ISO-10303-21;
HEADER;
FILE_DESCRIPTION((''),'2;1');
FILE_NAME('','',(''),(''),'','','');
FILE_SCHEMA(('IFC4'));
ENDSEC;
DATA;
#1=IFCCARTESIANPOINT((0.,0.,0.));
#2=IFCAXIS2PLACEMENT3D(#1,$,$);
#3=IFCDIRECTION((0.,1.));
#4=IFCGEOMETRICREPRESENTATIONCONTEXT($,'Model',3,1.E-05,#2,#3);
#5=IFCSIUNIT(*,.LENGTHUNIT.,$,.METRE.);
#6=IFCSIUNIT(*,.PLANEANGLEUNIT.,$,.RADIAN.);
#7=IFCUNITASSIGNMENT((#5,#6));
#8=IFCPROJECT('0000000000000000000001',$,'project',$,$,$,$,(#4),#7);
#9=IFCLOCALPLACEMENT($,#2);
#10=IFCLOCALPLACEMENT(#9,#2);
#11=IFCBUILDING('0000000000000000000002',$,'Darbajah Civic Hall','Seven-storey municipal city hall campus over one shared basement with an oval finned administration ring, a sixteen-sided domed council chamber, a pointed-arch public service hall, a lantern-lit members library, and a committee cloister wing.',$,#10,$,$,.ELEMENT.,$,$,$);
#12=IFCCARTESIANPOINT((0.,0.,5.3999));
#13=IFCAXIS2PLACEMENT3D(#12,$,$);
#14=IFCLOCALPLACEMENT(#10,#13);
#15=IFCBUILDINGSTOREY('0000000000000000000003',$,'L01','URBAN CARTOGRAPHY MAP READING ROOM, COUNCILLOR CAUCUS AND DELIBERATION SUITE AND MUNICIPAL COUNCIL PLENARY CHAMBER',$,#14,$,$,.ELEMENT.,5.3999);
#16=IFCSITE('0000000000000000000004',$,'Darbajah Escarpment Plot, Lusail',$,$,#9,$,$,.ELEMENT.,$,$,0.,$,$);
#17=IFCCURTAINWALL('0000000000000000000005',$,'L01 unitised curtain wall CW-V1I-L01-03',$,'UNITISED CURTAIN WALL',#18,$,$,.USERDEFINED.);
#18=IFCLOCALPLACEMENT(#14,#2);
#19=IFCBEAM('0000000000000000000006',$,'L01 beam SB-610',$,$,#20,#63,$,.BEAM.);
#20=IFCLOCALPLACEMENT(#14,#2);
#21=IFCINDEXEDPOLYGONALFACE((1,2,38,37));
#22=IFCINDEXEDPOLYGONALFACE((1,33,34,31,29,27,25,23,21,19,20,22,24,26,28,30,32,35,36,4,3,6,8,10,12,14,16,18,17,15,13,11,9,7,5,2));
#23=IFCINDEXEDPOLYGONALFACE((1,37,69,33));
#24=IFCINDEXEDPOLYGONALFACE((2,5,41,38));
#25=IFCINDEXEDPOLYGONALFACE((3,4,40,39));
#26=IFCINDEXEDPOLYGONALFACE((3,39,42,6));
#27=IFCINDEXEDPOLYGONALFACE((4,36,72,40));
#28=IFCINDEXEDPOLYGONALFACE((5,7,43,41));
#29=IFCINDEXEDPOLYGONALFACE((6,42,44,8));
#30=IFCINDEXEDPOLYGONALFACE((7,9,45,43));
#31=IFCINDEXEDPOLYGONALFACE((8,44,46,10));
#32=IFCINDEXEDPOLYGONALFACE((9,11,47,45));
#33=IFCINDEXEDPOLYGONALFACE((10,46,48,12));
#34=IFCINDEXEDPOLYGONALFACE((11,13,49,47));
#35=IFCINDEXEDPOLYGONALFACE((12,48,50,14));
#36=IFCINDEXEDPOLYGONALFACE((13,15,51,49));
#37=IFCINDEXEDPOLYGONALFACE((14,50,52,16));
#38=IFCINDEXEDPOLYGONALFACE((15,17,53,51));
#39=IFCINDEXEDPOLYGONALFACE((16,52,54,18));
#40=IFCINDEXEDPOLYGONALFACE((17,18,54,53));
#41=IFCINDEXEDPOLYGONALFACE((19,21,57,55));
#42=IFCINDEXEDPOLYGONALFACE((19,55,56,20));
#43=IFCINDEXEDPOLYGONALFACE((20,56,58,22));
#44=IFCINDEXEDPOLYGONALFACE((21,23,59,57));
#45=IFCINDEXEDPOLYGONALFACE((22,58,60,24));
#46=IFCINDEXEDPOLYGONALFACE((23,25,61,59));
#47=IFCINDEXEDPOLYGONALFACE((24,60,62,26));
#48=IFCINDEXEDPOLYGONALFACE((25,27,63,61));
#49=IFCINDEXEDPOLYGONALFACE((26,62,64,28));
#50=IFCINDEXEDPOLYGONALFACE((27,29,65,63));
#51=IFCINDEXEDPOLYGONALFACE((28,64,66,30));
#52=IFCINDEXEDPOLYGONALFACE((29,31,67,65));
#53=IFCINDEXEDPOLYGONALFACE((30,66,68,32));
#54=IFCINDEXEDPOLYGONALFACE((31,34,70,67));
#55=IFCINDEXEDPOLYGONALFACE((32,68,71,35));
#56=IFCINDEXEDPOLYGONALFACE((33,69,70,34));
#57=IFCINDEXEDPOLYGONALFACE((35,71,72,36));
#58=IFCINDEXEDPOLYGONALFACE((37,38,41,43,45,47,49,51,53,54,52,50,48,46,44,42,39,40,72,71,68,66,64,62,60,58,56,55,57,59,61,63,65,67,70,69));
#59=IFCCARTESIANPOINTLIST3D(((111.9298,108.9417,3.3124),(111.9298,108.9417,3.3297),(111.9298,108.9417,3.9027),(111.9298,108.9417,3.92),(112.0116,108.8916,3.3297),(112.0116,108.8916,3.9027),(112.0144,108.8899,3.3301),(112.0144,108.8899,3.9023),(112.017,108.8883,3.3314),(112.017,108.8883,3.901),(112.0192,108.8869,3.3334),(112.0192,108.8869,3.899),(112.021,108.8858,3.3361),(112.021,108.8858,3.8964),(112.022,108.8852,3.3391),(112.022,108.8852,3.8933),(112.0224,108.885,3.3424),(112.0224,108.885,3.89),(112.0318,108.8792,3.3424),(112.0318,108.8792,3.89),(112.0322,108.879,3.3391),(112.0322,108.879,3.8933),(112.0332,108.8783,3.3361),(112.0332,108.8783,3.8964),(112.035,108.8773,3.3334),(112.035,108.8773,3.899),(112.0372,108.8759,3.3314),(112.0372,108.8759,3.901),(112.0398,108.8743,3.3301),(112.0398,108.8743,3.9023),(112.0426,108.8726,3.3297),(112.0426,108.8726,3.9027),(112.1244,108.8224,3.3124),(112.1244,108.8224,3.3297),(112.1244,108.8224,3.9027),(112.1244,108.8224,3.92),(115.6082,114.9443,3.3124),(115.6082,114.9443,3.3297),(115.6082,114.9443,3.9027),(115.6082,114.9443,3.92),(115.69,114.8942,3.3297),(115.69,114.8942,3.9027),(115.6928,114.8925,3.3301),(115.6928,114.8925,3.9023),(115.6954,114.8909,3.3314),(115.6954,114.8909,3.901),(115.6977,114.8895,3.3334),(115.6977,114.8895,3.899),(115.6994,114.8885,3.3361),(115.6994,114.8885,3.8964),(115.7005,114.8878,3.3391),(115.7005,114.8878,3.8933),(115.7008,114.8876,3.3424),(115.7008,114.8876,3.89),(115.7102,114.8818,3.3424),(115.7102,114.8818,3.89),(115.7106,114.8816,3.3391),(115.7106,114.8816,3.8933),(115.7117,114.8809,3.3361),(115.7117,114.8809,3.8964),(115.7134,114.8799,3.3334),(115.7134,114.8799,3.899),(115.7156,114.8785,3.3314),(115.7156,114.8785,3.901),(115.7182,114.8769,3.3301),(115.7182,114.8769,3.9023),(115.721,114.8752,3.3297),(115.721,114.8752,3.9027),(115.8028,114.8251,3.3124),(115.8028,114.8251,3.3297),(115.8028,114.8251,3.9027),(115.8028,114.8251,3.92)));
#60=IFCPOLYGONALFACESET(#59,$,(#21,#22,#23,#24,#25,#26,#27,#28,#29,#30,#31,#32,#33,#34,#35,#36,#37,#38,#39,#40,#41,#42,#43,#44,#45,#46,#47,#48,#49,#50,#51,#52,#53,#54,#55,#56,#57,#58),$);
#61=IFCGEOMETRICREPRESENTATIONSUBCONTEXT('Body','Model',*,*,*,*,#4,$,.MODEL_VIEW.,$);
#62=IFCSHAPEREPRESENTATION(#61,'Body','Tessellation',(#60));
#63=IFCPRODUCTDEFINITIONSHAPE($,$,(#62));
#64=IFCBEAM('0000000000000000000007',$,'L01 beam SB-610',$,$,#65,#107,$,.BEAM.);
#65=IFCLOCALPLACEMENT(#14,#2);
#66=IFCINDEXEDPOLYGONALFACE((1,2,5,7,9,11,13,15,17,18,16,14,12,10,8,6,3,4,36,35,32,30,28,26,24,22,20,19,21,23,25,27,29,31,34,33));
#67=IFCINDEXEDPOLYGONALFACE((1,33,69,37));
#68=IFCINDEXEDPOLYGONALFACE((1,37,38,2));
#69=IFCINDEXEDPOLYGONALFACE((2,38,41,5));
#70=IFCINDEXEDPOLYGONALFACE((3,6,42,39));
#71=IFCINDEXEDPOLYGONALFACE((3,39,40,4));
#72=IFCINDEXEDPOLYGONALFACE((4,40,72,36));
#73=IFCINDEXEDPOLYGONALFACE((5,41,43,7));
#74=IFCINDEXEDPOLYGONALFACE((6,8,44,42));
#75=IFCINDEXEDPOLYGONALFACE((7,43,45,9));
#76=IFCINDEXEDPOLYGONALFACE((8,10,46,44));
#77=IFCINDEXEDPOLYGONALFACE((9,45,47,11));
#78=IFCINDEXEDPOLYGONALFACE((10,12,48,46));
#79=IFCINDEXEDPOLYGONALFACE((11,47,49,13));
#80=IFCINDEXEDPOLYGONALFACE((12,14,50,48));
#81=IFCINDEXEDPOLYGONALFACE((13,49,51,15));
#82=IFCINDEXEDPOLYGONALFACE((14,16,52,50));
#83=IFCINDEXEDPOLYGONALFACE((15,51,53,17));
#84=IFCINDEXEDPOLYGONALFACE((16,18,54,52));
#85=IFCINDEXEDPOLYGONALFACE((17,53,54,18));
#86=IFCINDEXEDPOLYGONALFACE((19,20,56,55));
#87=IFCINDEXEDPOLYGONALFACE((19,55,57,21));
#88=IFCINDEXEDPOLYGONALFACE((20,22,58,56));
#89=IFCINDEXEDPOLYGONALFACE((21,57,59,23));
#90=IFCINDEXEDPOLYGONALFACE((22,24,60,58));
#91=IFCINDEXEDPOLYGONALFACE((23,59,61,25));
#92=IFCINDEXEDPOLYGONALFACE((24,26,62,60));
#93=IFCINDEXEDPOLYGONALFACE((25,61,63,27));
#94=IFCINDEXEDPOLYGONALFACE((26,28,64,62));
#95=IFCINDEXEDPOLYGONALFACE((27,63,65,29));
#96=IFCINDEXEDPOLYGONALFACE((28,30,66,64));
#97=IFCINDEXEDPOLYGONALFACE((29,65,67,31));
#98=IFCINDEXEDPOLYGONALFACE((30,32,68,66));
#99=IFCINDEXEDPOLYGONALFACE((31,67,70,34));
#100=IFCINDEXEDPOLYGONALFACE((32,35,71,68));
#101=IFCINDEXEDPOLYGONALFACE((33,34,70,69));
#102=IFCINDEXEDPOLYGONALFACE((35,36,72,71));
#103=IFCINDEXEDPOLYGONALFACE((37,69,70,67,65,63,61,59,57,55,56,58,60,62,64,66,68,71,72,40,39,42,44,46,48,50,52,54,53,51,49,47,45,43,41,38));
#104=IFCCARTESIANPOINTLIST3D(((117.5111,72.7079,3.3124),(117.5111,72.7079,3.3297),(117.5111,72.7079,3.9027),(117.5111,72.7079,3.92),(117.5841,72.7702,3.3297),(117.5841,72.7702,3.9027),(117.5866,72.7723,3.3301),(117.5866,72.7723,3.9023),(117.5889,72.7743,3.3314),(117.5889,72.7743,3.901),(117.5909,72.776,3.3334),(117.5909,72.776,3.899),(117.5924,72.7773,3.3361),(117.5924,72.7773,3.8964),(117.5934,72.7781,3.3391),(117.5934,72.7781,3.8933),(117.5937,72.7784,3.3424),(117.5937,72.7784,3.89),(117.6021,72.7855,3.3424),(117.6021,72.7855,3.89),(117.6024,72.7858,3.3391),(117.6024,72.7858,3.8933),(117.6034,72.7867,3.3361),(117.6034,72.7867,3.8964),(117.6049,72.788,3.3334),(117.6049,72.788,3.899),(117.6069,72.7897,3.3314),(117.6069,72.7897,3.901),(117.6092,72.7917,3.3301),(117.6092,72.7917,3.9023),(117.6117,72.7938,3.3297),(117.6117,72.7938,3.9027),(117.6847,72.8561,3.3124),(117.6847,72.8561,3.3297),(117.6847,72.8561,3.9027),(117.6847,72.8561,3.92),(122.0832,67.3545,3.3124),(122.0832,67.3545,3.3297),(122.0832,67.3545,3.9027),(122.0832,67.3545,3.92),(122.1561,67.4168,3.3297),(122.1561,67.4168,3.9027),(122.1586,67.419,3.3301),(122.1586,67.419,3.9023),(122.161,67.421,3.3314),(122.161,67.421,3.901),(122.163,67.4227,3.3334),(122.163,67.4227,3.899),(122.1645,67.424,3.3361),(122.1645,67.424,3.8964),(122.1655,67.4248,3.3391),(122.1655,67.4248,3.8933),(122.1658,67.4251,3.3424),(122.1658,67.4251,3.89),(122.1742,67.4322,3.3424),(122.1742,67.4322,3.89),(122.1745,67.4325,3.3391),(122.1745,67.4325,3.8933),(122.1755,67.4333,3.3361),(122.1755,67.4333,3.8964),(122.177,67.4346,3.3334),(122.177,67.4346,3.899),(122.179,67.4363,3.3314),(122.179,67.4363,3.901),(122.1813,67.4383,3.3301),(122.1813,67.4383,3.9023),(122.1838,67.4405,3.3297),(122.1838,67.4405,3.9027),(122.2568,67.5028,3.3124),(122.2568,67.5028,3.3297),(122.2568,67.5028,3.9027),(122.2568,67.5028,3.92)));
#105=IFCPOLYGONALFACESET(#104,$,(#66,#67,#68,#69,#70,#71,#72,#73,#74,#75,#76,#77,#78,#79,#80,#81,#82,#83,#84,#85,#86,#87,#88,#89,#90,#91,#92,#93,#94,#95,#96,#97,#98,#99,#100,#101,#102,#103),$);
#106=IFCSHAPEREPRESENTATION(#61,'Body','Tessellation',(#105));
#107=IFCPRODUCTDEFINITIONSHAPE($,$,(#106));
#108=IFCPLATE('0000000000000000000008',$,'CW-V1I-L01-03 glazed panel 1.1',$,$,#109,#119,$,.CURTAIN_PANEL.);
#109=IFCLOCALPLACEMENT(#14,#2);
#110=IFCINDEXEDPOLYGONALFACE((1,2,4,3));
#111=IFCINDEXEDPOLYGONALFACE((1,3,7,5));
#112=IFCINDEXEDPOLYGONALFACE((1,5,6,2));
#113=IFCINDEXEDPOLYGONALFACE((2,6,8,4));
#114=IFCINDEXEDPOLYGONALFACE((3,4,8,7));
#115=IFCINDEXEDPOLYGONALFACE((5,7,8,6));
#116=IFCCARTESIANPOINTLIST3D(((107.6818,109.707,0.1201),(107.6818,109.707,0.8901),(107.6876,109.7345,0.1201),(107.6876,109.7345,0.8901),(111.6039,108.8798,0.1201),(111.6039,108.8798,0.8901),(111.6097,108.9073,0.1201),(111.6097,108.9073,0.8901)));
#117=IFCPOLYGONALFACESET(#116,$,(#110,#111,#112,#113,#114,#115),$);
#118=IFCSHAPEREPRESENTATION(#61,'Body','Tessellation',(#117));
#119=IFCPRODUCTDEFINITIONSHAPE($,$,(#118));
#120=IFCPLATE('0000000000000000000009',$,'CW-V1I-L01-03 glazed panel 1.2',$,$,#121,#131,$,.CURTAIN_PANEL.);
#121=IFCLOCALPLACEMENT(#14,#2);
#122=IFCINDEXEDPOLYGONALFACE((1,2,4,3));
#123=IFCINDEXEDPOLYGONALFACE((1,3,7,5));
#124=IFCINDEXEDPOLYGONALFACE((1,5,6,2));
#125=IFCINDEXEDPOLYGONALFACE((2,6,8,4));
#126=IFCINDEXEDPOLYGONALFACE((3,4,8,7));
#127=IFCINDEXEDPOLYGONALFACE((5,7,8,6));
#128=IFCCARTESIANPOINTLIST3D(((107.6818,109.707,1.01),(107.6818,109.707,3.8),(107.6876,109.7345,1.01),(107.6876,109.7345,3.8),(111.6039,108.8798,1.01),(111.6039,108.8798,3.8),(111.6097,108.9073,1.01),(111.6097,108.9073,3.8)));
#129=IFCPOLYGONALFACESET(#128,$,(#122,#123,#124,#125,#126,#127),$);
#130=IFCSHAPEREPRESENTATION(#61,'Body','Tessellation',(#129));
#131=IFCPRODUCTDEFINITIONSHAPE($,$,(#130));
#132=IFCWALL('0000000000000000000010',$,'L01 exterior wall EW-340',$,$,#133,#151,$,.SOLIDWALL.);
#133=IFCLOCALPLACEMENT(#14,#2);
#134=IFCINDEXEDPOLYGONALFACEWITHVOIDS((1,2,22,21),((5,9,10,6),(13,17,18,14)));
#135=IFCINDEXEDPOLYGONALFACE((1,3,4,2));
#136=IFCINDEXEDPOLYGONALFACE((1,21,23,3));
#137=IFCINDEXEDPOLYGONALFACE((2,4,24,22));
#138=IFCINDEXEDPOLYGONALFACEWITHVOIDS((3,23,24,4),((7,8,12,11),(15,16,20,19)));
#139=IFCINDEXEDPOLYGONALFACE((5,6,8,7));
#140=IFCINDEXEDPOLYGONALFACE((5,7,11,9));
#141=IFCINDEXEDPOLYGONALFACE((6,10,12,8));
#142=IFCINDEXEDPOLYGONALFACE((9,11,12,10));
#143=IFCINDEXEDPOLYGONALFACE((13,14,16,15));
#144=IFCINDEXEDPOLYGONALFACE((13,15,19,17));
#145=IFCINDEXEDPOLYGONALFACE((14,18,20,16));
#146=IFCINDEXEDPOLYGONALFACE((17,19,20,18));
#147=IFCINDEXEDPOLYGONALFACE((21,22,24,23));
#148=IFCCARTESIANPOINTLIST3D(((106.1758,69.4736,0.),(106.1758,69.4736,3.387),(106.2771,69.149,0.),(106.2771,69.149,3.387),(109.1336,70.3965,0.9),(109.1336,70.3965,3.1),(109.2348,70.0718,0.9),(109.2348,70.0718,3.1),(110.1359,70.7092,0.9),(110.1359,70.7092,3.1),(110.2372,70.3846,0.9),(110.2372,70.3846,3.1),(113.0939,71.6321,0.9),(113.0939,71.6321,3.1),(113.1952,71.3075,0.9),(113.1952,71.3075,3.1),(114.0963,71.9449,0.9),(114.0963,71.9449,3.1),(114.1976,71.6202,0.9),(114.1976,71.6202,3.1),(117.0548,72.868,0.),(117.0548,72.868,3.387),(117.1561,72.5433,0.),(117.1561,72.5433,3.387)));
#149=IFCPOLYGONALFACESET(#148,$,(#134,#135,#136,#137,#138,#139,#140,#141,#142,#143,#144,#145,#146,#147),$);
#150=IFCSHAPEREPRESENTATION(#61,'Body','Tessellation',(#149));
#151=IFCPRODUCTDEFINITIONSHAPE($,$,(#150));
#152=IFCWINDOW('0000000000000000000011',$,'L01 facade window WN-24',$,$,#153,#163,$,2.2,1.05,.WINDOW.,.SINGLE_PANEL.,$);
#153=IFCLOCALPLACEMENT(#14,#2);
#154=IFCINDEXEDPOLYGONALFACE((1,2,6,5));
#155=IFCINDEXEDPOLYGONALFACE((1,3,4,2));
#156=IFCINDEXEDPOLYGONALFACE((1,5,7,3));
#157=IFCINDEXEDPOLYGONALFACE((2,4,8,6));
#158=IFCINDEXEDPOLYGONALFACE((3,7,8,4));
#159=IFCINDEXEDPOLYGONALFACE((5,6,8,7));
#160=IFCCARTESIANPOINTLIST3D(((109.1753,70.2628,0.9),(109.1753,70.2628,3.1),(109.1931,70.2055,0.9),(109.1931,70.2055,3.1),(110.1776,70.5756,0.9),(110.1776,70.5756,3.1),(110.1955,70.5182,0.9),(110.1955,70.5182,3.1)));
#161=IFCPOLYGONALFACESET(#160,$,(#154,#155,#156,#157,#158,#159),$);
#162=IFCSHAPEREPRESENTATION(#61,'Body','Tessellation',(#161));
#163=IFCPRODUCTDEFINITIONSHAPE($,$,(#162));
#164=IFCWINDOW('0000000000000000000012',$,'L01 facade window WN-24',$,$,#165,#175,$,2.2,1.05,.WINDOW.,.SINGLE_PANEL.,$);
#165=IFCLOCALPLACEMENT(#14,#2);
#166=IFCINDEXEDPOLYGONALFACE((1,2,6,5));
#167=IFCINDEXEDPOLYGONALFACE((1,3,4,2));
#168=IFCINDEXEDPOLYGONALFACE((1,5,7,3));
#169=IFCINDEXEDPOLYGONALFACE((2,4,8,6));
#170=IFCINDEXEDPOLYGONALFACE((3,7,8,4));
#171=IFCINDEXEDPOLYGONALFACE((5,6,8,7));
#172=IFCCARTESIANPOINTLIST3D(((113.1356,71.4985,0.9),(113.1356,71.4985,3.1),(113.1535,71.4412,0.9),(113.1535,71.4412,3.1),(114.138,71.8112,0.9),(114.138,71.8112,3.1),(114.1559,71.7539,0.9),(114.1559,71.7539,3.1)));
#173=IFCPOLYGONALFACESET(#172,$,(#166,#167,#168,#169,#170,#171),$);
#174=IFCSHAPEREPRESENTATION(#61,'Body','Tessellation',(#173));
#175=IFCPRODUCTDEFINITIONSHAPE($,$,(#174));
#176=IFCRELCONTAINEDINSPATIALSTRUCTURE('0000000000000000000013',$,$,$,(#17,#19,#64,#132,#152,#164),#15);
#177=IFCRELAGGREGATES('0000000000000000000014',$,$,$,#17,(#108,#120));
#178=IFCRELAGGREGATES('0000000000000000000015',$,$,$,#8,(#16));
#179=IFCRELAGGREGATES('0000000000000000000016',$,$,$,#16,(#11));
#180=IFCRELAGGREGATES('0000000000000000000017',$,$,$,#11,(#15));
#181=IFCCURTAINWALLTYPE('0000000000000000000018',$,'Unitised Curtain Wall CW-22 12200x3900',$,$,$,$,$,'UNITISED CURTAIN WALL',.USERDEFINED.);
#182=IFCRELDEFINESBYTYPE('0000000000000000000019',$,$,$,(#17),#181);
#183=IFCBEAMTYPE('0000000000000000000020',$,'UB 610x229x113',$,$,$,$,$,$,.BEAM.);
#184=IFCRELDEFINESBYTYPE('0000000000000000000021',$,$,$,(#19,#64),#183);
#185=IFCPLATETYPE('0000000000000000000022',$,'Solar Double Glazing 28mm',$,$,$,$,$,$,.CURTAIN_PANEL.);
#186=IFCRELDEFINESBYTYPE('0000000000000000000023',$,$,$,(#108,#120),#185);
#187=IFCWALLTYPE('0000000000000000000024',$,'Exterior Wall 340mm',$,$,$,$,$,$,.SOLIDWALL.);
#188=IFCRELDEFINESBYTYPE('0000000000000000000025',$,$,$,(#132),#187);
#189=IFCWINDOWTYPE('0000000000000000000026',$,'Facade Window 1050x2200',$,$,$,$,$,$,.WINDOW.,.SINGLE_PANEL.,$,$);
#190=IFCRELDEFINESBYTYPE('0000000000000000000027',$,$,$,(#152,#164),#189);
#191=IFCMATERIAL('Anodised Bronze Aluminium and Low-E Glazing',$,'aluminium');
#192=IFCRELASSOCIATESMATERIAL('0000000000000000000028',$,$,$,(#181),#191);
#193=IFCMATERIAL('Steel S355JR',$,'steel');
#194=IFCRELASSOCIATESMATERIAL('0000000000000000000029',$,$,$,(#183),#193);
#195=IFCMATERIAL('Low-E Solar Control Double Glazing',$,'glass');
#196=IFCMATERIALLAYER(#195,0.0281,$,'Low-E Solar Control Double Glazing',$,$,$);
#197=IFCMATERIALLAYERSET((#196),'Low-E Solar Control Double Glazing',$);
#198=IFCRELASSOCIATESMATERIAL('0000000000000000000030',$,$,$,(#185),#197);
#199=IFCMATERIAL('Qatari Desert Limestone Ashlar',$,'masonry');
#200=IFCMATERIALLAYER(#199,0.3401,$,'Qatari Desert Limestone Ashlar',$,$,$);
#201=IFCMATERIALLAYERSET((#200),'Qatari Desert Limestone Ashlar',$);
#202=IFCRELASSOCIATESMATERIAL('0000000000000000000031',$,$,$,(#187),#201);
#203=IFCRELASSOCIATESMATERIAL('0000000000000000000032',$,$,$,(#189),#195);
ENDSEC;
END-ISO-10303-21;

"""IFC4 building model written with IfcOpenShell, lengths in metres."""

from ifc_helpers import new_model, si_unit, direction, frame, frame_2d, origin, origin_2d, place, context, subcontext, project, spatial, rectangle, i_section, extrude, material, layer, layer_set, material_profile, profile_set, type_object, element, fill, aggregate, save


model = new_model("IFC4")

# Units and contexts
model_context = context("Model", 3, precision=1e-05, world=origin(), true_north=direction((0.0, 1.0)))
body_context = subcontext(model_context, "Body", "Model", "MODEL_VIEW")
ifc_project = project(units=[si_unit("LENGTHUNIT", "METRE"), si_unit("PLANEANGLEUNIT", "RADIAN")], contexts=[model_context])

# Site, building, storey
site_placement = place(None, origin())
site = spatial("IfcSite", under=ifc_project, at=site_placement, Name="Darbajah Escarpment Plot, Lusail", CompositionType="ELEMENT", RefElevation=0.0)
building_placement = place(site_placement, origin())
building = spatial("IfcBuilding", under=site, at=building_placement, Name="Darbajah Civic Hall", Description="Seven-storey municipal city hall campus over one shared basement with an oval finned administration ring, a sixteen-sided domed council chamber, a pointed-arch public service hall, a lantern-lit members library, and a committee cloister wing.", CompositionType="ELEMENT")
storey_placement = place(building_placement, frame((0.0, 0.0, 5.3999)))
storey = spatial("IfcBuildingStorey", under=building, at=storey_placement, Name="L01", Description="URBAN CARTOGRAPHY MAP READING ROOM, COUNCILLOR CAUCUS AND DELIBERATION SUITE AND MUNICIPAL COUNCIL PLENARY CHAMBER", CompositionType="ELEMENT", Elevation=5.3999)

# Curtain wall
ifc_material_1 = material(Name="Anodised Bronze Aluminium and Low-E Glazing", Category="aluminium")
curtain_wall_type = type_object("IfcCurtainWallType", Name="Unitised Curtain Wall CW-22 12200x3900", ElementType="UNITISED CURTAIN WALL", PredefinedType="USERDEFINED", material=ifc_material_1)
curtain_wall_placement = place(storey_placement, origin())
curtain_wall = element("IfcCurtainWall", 1, at=curtain_wall_placement, inside=storey, type_object=curtain_wall_type, Name="L01 unitised curtain wall CW-V1I-L01-03", ObjectType="UNITISED CURTAIN WALL", PredefinedType="USERDEFINED")

# Beams
ifc_material_2 = material(Name="Steel S355JR", Category="steel")
ifc_material_profile_1 = material_profile(ifc_material_2, i_section(OverallWidth=0.2283, OverallDepth=0.6077, WebThickness=0.011, FlangeThickness=0.0173, FilletRadius=0.0127, at=origin_2d()), Name="UB 610x229x113")
ifc_profile_set_1 = profile_set([ifc_material_profile_1], Name="Steel S355JR")
beam_type_1 = type_object("IfcBeamType", Name="UB 610x229x113", PredefinedType="BEAM", material=ifc_profile_set_1)
for number, where, z_axis, x_axis, name in (
    (2, (112.0271, 108.8821, 3.6162), (0.5225, 0.852639, 0.0), (-0.852639, 0.5225, 0.0), "L01 beam SB-610"),
    (3, (117.5979, 72.782, 3.6162), (0.649439, -0.760413, 0.0), (0.760413, 0.649439, 0.0), "L01 beam SB-610"),
):
    element("IfcBeam", number, at=place(storey_placement, frame(where, z_axis=z_axis, x_axis=x_axis)), inside=storey, type_object=beam_type_1, Name=name, PredefinedType="BEAM", context=body_context, shape_type="SweptSolid", body=[
        extrude(i_section(OverallWidth=0.2283, OverallDepth=0.6077, WebThickness=0.011, FlangeThickness=0.0173, FilletRadius=0.0127, at=origin_2d()), origin(), (0.0, 0.0, 1.0), 7.04),
    ])

# Plates
ifc_material_3 = material(Name="Low-E Solar Control Double Glazing", Category="glass")
ifc_layer_1 = layer(ifc_material_3, 0.0281, Name="Low-E Solar Control Double Glazing")
ifc_layer_set_1 = layer_set([ifc_layer_1], Name="Low-E Solar Control Double Glazing")
plate_type = type_object("IfcPlateType", Name="Solar Double Glazing 28mm", PredefinedType="CURTAIN_PANEL", material=ifc_layer_set_1)
plate_1_placement = place(storey_placement, frame((109.6458, 109.3071, 0.1201), z_axis=(0.0, 0.0, 1.0), x_axis=(-0.978473, 0.206375, 0.0)))
plate_1 = element("IfcPlate", 4, at=plate_1_placement, type_object=plate_type, Name="CW-V1I-L01-03 glazed panel 1.1", PredefinedType="CURTAIN_PANEL", context=body_context, shape_type="SweptSolid", body=[
    extrude(rectangle(XDim=4.0083, YDim=0.0281, at=origin_2d()), origin(), (0.0, 0.0, 1.0), 0.77),
])
plate_2_placement = place(storey_placement, frame((109.6458, 109.3071, 1.01), z_axis=(0.0, 0.0, 1.0), x_axis=(-0.978473, 0.206375, 0.0)))
plate_2 = element("IfcPlate", 5, at=plate_2_placement, type_object=plate_type, Name="CW-V1I-L01-03 glazed panel 1.2", PredefinedType="CURTAIN_PANEL", context=body_context, shape_type="SweptSolid", body=[
    extrude(rectangle(XDim=4.0083, YDim=0.0281, at=origin_2d()), origin(), (0.0, 0.0, 1.0), 2.79),
])
aggregate(curtain_wall, [plate_1, plate_2])

# Wall, openings, windows
ifc_material_4 = material(Name="Qatari Desert Limestone Ashlar", Category="masonry")
ifc_layer_2 = layer(ifc_material_4, 0.3401, Name="Qatari Desert Limestone Ashlar")
ifc_layer_set_2 = layer_set([ifc_layer_2], Name="Qatari Desert Limestone Ashlar")
wall_type_1 = type_object("IfcWallType", Name="Exterior Wall 340mm", PredefinedType="SOLIDWALL", material=ifc_layer_set_2)
wall_1_placement = place(storey_placement, frame((106.2263, 69.3113, 0.0), z_axis=(0.0, 0.0, 1.0), x_axis=(0.954614, 0.297846, 0.0)))
wall_1 = element("IfcWall", 6, at=wall_1_placement, inside=storey, type_object=wall_type_1, Name="L01 exterior wall EW-340", PredefinedType="SOLIDWALL", context=body_context, shape_type="SweptSolid", body=[
    extrude(rectangle(XDim=11.3962, YDim=0.3401, at=frame_2d((5.6982, 0.0))), origin(), (0.0, 0.0, 1.0), 3.387),
])
opening_1_placement = place(wall_1_placement, frame((3.0986, 0.0, 0.8999)))
opening_1 = element("IfcOpeningElement", 7, at=opening_1_placement, cuts=wall_1, PredefinedType="OPENING", context=body_context, shape_type="SweptSolid", body=[
    extrude(rectangle(XDim=1.05, YDim=2.2, at=frame_2d((0.5249, 1.1001))), frame((0.0, 0.1799, 0.0), z_axis=(0.0, -1.0, 0.0), x_axis=(1.0, 0.0, 0.0)), (0.0, 0.0, 1.0), 0.3601),
])
opening_2_placement = place(wall_1_placement, frame((7.2473, 0.0, 0.8999)))
opening_2 = element("IfcOpeningElement", 8, at=opening_2_placement, cuts=wall_1, PredefinedType="OPENING", context=body_context, shape_type="SweptSolid", body=[
    extrude(rectangle(XDim=1.05, YDim=2.2, at=frame_2d((0.5249, 1.1001))), frame((0.0, 0.1799, 0.0), z_axis=(0.0, -1.0, 0.0), x_axis=(1.0, 0.0, 0.0)), (0.0, 0.0, 1.0), 0.3601),
])
window_type_1 = type_object("IfcWindowType", Name="Facade Window 1050x2200", PartitioningType="SINGLE_PANEL", PredefinedType="WINDOW", material=ifc_material_3)
window_1_placement = place(opening_1_placement, origin())
window_1 = element("IfcWindow", 9, at=window_1_placement, inside=storey, type_object=window_type_1, Name="L01 facade window WN-24", OverallHeight=2.2, OverallWidth=1.05, PartitioningType="SINGLE_PANEL", PredefinedType="WINDOW", context=body_context, shape_type="SweptSolid", body=[
    extrude(rectangle(XDim=1.05, YDim=2.2, at=frame_2d((0.5249, 1.1001))), frame((0.0, 0.03, 0.0), z_axis=(0.0, -1.0, 0.0), x_axis=(1.0, 0.0, 0.0)), (0.0, 0.0, 1.0), 0.0601),
])
fill(opening_1, window_1)
window_2_placement = place(opening_2_placement, origin())
window_2 = element("IfcWindow", 10, at=window_2_placement, inside=storey, type_object=window_type_1, Name="L01 facade window WN-24", OverallHeight=2.2, OverallWidth=1.05, PartitioningType="SINGLE_PANEL", PredefinedType="WINDOW", context=body_context, shape_type="SweptSolid", body=[
    extrude(rectangle(XDim=1.05, YDim=2.2, at=frame_2d((0.5249, 1.1001))), frame((0.0, 0.03, 0.0), z_axis=(0.0, -1.0, 0.0), x_axis=(1.0, 0.0, 0.0)), (0.0, 0.0, 1.0), 0.0601),
])
fill(opening_2, window_2)

save(model, "model.ifc")
